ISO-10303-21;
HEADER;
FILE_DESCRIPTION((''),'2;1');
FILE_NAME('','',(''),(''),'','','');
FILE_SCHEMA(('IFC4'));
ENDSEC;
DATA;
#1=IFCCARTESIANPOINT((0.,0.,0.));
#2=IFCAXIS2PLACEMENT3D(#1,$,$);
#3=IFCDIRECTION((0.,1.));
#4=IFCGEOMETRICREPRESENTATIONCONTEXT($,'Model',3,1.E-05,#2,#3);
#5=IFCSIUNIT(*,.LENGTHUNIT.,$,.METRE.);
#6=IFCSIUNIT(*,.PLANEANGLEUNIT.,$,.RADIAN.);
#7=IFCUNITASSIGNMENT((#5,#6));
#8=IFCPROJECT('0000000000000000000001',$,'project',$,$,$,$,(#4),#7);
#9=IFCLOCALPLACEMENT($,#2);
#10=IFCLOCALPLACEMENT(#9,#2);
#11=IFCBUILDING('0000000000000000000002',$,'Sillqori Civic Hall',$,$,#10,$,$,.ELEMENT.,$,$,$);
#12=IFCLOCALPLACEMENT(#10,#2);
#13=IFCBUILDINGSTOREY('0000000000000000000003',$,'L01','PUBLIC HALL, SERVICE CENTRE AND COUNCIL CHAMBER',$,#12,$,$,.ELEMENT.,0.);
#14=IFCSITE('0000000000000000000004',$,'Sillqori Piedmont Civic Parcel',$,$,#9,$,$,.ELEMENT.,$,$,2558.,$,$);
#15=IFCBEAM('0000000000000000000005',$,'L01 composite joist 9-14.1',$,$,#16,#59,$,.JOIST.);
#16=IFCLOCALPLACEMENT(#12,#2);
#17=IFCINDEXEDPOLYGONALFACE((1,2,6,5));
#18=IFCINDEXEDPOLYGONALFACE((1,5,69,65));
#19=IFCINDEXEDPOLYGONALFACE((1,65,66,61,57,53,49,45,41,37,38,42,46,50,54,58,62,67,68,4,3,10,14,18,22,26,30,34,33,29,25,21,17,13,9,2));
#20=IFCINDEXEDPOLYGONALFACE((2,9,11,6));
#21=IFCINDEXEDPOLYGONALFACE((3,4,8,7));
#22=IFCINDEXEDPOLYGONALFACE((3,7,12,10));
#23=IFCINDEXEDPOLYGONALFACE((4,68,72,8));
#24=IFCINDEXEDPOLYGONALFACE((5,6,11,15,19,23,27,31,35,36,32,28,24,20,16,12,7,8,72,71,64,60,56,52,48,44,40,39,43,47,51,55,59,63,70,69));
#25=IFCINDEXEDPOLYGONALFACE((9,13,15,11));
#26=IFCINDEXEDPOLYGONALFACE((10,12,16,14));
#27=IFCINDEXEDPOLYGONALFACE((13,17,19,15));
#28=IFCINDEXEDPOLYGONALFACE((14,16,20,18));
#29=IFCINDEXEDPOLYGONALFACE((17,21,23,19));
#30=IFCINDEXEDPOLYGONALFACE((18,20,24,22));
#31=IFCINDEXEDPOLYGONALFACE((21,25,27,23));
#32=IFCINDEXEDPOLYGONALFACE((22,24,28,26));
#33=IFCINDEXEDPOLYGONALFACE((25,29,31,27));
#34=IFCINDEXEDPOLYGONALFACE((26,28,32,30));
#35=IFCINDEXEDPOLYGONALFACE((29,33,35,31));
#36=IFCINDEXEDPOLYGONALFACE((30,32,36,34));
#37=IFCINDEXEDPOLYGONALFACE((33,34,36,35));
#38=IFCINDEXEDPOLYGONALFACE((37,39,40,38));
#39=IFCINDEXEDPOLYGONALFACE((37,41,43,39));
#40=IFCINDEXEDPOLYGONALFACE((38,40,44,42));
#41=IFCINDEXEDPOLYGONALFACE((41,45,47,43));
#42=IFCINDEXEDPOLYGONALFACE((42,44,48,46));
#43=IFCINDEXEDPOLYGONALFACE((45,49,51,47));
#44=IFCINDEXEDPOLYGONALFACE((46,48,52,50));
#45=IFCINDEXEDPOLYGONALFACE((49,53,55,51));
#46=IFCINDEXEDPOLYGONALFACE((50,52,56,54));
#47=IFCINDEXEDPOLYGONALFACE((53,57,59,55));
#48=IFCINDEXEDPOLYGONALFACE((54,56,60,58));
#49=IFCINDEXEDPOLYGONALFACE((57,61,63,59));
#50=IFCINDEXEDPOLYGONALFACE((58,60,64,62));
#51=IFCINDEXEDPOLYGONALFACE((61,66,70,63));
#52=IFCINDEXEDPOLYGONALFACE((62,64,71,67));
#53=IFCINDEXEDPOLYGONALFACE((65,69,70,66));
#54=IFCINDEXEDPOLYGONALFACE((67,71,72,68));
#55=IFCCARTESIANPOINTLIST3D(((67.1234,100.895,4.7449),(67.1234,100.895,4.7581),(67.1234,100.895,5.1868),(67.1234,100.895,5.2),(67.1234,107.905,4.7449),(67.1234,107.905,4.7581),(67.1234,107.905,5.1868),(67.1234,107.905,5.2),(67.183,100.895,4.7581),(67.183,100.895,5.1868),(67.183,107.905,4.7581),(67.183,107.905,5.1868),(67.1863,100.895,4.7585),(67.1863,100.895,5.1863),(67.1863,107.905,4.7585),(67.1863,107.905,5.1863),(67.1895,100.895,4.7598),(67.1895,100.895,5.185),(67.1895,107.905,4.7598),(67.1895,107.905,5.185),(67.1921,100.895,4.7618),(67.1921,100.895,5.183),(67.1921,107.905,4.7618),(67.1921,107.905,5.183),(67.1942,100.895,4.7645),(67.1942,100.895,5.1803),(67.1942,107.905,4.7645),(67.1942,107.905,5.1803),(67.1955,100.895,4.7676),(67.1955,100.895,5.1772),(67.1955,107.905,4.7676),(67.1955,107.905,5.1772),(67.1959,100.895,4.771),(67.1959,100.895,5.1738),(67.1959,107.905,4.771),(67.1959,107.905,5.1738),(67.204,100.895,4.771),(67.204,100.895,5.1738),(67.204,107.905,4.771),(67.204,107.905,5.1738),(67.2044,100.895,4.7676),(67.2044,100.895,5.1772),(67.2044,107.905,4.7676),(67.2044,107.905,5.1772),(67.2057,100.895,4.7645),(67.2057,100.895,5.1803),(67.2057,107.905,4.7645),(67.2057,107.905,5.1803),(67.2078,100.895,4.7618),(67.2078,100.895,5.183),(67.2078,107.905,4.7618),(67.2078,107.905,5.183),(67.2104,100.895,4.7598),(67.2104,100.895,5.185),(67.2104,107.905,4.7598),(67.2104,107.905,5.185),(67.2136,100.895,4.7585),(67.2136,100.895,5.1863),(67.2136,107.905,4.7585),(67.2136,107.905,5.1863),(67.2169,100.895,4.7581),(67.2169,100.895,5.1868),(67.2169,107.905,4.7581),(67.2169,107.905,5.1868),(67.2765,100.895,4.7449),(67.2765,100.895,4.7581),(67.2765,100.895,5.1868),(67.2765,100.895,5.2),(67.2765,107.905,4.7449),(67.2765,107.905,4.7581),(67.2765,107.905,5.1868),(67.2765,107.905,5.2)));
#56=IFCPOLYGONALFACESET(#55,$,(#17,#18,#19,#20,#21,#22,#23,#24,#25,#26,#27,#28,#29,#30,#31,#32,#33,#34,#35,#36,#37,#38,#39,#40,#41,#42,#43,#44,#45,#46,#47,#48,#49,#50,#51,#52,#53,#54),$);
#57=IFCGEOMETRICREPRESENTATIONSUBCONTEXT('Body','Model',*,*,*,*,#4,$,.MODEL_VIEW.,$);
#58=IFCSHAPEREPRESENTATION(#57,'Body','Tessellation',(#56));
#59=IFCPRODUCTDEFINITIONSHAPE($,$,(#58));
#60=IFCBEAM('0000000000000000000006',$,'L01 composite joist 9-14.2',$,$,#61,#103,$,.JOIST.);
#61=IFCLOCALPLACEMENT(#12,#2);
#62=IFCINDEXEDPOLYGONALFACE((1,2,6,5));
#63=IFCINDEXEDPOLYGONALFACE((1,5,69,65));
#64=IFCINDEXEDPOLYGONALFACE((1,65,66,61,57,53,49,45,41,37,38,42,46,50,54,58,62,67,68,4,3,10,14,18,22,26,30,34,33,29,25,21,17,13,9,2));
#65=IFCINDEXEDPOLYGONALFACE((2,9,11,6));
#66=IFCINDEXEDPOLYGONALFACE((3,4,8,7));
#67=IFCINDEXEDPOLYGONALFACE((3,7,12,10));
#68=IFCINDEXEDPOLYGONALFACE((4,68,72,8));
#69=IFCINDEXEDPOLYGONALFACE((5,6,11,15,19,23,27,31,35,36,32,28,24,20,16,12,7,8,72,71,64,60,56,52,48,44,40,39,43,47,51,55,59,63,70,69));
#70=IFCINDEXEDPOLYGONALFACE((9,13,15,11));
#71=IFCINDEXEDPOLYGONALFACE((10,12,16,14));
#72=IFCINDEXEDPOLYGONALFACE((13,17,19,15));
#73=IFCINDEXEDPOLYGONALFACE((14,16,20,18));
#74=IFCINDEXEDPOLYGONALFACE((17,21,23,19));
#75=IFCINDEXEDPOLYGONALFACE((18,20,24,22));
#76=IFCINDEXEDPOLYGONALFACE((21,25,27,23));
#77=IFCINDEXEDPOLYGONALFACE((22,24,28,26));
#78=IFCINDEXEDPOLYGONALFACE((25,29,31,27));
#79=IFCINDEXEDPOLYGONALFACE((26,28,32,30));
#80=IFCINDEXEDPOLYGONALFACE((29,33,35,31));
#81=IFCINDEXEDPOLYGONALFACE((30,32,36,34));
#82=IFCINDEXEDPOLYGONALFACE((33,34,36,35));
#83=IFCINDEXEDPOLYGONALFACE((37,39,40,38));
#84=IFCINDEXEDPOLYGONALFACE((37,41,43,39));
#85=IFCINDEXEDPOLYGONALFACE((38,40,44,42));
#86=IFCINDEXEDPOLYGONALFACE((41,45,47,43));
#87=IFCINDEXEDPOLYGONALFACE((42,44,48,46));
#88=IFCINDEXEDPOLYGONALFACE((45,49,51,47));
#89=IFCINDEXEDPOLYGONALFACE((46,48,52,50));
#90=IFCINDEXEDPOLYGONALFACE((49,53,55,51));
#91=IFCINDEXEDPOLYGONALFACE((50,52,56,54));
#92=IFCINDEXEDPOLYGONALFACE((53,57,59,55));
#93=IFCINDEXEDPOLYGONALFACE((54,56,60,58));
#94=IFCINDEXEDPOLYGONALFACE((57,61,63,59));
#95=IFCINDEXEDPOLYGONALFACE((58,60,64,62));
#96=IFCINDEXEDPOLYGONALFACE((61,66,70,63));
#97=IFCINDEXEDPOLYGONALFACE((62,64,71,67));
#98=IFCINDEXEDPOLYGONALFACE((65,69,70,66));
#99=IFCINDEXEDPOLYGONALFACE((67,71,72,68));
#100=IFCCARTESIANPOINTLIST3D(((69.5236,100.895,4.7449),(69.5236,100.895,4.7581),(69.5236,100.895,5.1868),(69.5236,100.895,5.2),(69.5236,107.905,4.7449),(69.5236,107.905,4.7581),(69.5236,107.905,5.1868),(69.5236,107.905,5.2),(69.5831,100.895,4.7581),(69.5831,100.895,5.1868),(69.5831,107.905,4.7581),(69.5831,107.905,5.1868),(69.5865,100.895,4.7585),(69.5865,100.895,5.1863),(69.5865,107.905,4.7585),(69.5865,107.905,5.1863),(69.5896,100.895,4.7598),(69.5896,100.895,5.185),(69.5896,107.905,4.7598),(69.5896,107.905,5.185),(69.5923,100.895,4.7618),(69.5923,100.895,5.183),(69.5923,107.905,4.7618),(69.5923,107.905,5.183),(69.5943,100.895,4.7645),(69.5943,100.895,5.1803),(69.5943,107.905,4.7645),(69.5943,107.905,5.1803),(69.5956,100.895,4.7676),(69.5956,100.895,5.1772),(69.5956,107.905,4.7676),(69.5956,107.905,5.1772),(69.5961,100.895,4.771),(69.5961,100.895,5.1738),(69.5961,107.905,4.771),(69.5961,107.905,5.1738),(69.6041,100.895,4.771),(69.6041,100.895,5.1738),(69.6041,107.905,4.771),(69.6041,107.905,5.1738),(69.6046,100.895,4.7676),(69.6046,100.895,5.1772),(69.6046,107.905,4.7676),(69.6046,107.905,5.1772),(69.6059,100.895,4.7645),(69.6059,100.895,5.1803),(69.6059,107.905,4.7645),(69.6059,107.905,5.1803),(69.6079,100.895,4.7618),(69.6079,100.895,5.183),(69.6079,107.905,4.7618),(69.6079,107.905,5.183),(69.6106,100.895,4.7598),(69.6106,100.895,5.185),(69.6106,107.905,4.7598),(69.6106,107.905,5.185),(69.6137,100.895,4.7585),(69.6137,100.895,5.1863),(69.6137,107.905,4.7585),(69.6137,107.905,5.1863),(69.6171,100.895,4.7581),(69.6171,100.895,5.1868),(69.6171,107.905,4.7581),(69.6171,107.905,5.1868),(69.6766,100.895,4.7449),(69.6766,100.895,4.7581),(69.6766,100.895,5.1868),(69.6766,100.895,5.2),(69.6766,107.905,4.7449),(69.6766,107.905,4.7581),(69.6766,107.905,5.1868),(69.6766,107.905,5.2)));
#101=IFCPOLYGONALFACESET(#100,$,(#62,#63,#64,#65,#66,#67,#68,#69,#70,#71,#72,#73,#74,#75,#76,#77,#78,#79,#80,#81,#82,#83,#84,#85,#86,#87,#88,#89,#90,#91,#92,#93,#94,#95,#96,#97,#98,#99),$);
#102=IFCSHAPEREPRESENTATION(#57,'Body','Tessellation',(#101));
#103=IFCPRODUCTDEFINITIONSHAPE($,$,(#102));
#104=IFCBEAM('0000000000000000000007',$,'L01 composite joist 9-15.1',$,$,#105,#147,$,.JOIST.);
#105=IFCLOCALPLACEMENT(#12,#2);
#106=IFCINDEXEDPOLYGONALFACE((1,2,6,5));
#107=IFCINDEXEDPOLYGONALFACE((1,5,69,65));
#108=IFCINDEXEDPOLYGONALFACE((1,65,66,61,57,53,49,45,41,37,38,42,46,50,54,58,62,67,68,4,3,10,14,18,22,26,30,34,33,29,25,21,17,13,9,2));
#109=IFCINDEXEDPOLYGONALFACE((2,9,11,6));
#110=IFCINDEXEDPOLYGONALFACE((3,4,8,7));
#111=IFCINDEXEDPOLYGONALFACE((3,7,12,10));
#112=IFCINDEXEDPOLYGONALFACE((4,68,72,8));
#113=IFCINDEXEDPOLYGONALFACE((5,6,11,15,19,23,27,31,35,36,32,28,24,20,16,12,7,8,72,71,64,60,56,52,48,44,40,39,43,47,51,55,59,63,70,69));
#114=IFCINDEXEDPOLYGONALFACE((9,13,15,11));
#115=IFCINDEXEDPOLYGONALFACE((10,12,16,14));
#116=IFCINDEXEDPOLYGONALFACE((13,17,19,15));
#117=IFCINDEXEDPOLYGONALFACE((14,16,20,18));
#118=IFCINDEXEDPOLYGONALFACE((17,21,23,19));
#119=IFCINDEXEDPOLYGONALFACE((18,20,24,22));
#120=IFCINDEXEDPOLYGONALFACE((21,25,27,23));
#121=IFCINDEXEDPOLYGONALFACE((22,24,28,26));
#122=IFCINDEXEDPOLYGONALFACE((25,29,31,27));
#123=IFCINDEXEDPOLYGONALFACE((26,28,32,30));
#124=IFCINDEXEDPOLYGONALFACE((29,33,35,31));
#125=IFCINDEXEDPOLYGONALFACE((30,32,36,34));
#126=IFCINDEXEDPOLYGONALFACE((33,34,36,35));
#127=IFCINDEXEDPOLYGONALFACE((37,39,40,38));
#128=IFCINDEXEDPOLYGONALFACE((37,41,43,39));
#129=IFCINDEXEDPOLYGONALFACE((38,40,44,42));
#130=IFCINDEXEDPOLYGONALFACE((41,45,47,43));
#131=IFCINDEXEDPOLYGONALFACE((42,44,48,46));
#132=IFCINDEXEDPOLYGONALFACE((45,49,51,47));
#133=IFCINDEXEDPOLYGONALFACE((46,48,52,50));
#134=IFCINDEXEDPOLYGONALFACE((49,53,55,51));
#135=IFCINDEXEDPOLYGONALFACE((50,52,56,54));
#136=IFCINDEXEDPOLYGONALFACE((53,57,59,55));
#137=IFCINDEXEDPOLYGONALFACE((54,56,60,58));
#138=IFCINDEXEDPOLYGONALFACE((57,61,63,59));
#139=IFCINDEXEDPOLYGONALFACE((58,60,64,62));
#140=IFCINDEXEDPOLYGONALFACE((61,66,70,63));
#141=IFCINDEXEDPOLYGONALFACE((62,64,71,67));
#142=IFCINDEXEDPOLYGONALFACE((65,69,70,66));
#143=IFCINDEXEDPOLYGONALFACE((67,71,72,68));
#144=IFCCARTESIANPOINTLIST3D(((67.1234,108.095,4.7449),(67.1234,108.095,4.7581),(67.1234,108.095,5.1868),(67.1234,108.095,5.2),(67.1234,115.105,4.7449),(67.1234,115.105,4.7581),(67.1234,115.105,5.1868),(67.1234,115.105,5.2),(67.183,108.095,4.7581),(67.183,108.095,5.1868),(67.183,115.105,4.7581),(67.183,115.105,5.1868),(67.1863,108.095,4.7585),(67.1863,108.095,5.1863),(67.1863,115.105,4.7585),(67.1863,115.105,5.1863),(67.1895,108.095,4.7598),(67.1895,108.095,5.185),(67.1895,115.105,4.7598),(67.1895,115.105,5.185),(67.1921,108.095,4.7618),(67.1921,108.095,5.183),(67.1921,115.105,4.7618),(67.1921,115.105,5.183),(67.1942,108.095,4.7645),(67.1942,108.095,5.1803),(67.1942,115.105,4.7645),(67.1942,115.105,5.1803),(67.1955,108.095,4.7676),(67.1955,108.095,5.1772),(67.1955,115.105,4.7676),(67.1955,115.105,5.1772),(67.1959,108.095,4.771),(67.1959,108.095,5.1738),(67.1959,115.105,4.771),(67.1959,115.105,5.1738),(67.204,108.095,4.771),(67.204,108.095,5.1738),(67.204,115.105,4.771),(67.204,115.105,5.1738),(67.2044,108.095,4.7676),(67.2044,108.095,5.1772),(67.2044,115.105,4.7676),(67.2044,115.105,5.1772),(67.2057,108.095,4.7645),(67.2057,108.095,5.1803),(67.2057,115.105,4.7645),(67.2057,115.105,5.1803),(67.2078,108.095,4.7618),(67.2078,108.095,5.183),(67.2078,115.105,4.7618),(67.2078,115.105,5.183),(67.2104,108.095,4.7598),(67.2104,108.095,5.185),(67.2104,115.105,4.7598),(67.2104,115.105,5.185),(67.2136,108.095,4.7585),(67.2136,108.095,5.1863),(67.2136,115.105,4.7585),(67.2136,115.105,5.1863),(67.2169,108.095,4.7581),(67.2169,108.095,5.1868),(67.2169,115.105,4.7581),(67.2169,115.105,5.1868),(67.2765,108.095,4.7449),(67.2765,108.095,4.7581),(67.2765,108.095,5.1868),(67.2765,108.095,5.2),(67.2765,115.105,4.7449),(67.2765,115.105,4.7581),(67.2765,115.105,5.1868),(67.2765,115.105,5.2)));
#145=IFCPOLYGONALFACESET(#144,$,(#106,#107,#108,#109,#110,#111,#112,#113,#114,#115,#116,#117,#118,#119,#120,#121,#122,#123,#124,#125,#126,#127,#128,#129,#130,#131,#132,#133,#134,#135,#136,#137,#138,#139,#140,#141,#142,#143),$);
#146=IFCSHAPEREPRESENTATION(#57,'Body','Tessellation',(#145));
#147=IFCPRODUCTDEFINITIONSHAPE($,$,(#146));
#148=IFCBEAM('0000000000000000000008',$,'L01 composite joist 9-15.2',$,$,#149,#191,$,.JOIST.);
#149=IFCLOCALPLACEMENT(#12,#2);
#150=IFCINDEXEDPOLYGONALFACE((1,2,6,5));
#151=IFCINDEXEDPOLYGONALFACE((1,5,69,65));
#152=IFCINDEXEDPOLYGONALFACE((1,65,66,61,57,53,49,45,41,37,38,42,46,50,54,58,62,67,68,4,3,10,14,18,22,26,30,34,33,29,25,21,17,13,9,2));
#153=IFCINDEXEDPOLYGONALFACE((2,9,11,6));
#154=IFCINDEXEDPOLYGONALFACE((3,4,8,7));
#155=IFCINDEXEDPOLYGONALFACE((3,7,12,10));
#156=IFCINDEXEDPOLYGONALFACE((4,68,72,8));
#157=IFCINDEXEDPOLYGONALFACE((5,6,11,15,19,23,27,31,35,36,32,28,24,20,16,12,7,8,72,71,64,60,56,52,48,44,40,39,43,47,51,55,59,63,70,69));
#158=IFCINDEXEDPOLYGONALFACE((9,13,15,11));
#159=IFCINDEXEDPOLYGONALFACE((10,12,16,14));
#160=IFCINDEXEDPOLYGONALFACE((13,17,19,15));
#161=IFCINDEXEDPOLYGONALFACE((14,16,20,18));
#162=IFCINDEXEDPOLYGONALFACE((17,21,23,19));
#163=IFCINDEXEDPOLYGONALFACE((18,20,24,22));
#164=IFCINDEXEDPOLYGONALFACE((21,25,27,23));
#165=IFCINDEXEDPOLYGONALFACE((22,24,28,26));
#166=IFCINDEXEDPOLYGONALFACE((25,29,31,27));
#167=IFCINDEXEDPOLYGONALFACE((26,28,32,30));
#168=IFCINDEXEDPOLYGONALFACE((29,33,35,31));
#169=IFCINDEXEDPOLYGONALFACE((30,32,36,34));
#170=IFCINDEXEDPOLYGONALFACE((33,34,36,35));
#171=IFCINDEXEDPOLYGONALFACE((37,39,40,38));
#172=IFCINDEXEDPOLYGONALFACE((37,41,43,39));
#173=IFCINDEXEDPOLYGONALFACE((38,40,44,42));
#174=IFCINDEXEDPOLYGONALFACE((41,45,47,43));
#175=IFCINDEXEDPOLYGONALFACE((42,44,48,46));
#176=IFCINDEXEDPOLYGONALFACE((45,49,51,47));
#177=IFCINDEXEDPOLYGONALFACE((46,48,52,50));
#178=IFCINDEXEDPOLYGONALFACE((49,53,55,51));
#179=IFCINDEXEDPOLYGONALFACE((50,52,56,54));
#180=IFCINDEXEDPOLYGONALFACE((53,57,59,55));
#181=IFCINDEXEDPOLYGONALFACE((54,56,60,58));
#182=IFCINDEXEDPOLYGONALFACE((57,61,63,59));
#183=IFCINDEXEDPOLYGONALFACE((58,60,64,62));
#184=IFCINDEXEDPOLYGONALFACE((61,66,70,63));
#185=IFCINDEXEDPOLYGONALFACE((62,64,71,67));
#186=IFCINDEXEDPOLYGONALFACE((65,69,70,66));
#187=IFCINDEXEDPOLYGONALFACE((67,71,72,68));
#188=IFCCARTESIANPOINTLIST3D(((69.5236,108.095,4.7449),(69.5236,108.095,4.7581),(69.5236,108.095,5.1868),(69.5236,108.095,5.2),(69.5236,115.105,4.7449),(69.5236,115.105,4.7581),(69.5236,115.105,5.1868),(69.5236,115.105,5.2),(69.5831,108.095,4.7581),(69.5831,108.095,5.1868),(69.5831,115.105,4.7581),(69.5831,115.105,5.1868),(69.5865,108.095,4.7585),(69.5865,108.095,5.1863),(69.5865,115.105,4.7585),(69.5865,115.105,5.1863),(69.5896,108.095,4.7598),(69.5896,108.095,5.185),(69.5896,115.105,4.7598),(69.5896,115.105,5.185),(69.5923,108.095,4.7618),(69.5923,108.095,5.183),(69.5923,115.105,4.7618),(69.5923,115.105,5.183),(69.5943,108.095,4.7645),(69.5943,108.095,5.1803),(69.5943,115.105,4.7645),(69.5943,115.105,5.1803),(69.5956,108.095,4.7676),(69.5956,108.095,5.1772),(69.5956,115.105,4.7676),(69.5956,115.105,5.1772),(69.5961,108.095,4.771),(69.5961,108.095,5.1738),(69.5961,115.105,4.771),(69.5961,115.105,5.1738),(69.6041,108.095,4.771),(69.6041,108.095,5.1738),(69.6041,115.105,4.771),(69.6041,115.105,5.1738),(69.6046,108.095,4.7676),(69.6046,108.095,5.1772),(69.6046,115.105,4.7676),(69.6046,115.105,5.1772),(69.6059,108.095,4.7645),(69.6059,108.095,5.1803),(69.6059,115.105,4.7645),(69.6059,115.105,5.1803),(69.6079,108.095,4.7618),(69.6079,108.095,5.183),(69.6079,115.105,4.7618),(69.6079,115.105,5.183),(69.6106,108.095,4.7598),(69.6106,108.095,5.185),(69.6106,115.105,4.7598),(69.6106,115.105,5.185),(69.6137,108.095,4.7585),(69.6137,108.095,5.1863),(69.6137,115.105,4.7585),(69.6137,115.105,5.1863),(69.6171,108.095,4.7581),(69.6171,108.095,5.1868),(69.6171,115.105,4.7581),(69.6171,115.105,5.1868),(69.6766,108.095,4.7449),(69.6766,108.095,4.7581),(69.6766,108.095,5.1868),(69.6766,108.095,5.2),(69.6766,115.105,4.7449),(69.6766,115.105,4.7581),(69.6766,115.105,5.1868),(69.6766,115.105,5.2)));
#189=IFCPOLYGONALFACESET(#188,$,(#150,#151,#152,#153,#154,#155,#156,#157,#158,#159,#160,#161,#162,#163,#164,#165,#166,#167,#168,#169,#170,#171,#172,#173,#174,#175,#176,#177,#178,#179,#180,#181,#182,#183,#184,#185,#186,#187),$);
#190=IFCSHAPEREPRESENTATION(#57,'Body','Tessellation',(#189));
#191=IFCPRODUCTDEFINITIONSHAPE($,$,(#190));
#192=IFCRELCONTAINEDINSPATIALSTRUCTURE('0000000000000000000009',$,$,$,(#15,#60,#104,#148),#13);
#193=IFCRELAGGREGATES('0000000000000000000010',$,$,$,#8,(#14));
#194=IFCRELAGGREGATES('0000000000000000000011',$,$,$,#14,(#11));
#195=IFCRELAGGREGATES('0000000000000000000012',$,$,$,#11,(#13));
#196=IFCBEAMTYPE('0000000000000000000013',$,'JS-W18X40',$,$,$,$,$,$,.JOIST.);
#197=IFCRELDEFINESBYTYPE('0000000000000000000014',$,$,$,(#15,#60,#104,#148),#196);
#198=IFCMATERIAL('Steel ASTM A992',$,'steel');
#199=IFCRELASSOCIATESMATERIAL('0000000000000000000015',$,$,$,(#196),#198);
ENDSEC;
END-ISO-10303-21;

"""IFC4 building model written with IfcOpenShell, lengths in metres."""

from ifc_helpers import new_model, si_unit, direction, frame, origin, origin_2d, place, context, subcontext, project, spatial, i_section, extrude, material, material_profile, profile_set, type_object, element, save


model = new_model("IFC4")

# Units and contexts
model_context = context("Model", 3, precision=1e-05, world=origin(), true_north=direction((0.0, 1.0)))
body_context = subcontext(model_context, "Body", "Model", "MODEL_VIEW")
ifc_project = project(units=[si_unit("LENGTHUNIT", "METRE"), si_unit("PLANEANGLEUNIT", "RADIAN")], contexts=[model_context])

# Site, building, storey
site_placement = place(None, origin())
site = spatial("IfcSite", under=ifc_project, at=site_placement, Name="Sillqori Piedmont Civic Parcel", CompositionType="ELEMENT", RefElevation=2558.0)
building_placement = place(site_placement, origin())
building = spatial("IfcBuilding", under=site, at=building_placement, Name="Sillqori Civic Hall", CompositionType="ELEMENT")
storey_placement = place(building_placement, origin())
storey = spatial("IfcBuildingStorey", under=building, at=storey_placement, Name="L01", Description="PUBLIC HALL, SERVICE CENTRE AND COUNCIL CHAMBER", CompositionType="ELEMENT", Elevation=0.0)

# Shared definitions
ifc_material_1 = material(Name="Steel ASTM A992", Category="steel")

# Beams
ifc_material_profile_1 = material_profile(ifc_material_1, i_section(OverallWidth=0.1531, OverallDepth=0.4551, WebThickness=0.0081, FlangeThickness=0.0132, FilletRadius=0.0129, at=origin_2d()), Name="W18X40")
ifc_profile_set_1 = profile_set([ifc_material_profile_1], Name="Steel ASTM A992")
beam_type_1 = type_object("IfcBeamType", Name="JS-W18X40", PredefinedType="JOIST", material=ifc_profile_set_1)
for number, where, z_axis, x_axis, name in (
    (1, (67.2, 100.895, 4.9724), (0.0, 1.0, 0.0), (-1.0, 0.0, 0.0), "L01 composite joist 9-14.1"),
    (2, (69.6001, 100.895, 4.9724), (0.0, 1.0, 0.0), (-1.0, 0.0, 0.0), "L01 composite joist 9-14.2"),
    (3, (67.2, 108.095, 4.9724), (0.0, 1.0, 0.0), (-1.0, 0.0, 0.0), "L01 composite joist 9-15.1"),
    (4, (69.6001, 108.095, 4.9724), (0.0, 1.0, 0.0), (-1.0, 0.0, 0.0), "L01 composite joist 9-15.2"),
):
    element("IfcBeam", number, at=place(storey_placement, frame(where, z_axis=z_axis, x_axis=x_axis)), inside=storey, type_object=beam_type_1, Name=name, PredefinedType="JOIST", context=body_context, shape_type="SweptSolid", body=[
        extrude(i_section(OverallWidth=0.1531, OverallDepth=0.4551, WebThickness=0.0081, FlangeThickness=0.0132, FilletRadius=0.0129, at=origin_2d()), origin(), (0.0, 0.0, 1.0), 7.01),
    ])

save(model, "model.ifc")
